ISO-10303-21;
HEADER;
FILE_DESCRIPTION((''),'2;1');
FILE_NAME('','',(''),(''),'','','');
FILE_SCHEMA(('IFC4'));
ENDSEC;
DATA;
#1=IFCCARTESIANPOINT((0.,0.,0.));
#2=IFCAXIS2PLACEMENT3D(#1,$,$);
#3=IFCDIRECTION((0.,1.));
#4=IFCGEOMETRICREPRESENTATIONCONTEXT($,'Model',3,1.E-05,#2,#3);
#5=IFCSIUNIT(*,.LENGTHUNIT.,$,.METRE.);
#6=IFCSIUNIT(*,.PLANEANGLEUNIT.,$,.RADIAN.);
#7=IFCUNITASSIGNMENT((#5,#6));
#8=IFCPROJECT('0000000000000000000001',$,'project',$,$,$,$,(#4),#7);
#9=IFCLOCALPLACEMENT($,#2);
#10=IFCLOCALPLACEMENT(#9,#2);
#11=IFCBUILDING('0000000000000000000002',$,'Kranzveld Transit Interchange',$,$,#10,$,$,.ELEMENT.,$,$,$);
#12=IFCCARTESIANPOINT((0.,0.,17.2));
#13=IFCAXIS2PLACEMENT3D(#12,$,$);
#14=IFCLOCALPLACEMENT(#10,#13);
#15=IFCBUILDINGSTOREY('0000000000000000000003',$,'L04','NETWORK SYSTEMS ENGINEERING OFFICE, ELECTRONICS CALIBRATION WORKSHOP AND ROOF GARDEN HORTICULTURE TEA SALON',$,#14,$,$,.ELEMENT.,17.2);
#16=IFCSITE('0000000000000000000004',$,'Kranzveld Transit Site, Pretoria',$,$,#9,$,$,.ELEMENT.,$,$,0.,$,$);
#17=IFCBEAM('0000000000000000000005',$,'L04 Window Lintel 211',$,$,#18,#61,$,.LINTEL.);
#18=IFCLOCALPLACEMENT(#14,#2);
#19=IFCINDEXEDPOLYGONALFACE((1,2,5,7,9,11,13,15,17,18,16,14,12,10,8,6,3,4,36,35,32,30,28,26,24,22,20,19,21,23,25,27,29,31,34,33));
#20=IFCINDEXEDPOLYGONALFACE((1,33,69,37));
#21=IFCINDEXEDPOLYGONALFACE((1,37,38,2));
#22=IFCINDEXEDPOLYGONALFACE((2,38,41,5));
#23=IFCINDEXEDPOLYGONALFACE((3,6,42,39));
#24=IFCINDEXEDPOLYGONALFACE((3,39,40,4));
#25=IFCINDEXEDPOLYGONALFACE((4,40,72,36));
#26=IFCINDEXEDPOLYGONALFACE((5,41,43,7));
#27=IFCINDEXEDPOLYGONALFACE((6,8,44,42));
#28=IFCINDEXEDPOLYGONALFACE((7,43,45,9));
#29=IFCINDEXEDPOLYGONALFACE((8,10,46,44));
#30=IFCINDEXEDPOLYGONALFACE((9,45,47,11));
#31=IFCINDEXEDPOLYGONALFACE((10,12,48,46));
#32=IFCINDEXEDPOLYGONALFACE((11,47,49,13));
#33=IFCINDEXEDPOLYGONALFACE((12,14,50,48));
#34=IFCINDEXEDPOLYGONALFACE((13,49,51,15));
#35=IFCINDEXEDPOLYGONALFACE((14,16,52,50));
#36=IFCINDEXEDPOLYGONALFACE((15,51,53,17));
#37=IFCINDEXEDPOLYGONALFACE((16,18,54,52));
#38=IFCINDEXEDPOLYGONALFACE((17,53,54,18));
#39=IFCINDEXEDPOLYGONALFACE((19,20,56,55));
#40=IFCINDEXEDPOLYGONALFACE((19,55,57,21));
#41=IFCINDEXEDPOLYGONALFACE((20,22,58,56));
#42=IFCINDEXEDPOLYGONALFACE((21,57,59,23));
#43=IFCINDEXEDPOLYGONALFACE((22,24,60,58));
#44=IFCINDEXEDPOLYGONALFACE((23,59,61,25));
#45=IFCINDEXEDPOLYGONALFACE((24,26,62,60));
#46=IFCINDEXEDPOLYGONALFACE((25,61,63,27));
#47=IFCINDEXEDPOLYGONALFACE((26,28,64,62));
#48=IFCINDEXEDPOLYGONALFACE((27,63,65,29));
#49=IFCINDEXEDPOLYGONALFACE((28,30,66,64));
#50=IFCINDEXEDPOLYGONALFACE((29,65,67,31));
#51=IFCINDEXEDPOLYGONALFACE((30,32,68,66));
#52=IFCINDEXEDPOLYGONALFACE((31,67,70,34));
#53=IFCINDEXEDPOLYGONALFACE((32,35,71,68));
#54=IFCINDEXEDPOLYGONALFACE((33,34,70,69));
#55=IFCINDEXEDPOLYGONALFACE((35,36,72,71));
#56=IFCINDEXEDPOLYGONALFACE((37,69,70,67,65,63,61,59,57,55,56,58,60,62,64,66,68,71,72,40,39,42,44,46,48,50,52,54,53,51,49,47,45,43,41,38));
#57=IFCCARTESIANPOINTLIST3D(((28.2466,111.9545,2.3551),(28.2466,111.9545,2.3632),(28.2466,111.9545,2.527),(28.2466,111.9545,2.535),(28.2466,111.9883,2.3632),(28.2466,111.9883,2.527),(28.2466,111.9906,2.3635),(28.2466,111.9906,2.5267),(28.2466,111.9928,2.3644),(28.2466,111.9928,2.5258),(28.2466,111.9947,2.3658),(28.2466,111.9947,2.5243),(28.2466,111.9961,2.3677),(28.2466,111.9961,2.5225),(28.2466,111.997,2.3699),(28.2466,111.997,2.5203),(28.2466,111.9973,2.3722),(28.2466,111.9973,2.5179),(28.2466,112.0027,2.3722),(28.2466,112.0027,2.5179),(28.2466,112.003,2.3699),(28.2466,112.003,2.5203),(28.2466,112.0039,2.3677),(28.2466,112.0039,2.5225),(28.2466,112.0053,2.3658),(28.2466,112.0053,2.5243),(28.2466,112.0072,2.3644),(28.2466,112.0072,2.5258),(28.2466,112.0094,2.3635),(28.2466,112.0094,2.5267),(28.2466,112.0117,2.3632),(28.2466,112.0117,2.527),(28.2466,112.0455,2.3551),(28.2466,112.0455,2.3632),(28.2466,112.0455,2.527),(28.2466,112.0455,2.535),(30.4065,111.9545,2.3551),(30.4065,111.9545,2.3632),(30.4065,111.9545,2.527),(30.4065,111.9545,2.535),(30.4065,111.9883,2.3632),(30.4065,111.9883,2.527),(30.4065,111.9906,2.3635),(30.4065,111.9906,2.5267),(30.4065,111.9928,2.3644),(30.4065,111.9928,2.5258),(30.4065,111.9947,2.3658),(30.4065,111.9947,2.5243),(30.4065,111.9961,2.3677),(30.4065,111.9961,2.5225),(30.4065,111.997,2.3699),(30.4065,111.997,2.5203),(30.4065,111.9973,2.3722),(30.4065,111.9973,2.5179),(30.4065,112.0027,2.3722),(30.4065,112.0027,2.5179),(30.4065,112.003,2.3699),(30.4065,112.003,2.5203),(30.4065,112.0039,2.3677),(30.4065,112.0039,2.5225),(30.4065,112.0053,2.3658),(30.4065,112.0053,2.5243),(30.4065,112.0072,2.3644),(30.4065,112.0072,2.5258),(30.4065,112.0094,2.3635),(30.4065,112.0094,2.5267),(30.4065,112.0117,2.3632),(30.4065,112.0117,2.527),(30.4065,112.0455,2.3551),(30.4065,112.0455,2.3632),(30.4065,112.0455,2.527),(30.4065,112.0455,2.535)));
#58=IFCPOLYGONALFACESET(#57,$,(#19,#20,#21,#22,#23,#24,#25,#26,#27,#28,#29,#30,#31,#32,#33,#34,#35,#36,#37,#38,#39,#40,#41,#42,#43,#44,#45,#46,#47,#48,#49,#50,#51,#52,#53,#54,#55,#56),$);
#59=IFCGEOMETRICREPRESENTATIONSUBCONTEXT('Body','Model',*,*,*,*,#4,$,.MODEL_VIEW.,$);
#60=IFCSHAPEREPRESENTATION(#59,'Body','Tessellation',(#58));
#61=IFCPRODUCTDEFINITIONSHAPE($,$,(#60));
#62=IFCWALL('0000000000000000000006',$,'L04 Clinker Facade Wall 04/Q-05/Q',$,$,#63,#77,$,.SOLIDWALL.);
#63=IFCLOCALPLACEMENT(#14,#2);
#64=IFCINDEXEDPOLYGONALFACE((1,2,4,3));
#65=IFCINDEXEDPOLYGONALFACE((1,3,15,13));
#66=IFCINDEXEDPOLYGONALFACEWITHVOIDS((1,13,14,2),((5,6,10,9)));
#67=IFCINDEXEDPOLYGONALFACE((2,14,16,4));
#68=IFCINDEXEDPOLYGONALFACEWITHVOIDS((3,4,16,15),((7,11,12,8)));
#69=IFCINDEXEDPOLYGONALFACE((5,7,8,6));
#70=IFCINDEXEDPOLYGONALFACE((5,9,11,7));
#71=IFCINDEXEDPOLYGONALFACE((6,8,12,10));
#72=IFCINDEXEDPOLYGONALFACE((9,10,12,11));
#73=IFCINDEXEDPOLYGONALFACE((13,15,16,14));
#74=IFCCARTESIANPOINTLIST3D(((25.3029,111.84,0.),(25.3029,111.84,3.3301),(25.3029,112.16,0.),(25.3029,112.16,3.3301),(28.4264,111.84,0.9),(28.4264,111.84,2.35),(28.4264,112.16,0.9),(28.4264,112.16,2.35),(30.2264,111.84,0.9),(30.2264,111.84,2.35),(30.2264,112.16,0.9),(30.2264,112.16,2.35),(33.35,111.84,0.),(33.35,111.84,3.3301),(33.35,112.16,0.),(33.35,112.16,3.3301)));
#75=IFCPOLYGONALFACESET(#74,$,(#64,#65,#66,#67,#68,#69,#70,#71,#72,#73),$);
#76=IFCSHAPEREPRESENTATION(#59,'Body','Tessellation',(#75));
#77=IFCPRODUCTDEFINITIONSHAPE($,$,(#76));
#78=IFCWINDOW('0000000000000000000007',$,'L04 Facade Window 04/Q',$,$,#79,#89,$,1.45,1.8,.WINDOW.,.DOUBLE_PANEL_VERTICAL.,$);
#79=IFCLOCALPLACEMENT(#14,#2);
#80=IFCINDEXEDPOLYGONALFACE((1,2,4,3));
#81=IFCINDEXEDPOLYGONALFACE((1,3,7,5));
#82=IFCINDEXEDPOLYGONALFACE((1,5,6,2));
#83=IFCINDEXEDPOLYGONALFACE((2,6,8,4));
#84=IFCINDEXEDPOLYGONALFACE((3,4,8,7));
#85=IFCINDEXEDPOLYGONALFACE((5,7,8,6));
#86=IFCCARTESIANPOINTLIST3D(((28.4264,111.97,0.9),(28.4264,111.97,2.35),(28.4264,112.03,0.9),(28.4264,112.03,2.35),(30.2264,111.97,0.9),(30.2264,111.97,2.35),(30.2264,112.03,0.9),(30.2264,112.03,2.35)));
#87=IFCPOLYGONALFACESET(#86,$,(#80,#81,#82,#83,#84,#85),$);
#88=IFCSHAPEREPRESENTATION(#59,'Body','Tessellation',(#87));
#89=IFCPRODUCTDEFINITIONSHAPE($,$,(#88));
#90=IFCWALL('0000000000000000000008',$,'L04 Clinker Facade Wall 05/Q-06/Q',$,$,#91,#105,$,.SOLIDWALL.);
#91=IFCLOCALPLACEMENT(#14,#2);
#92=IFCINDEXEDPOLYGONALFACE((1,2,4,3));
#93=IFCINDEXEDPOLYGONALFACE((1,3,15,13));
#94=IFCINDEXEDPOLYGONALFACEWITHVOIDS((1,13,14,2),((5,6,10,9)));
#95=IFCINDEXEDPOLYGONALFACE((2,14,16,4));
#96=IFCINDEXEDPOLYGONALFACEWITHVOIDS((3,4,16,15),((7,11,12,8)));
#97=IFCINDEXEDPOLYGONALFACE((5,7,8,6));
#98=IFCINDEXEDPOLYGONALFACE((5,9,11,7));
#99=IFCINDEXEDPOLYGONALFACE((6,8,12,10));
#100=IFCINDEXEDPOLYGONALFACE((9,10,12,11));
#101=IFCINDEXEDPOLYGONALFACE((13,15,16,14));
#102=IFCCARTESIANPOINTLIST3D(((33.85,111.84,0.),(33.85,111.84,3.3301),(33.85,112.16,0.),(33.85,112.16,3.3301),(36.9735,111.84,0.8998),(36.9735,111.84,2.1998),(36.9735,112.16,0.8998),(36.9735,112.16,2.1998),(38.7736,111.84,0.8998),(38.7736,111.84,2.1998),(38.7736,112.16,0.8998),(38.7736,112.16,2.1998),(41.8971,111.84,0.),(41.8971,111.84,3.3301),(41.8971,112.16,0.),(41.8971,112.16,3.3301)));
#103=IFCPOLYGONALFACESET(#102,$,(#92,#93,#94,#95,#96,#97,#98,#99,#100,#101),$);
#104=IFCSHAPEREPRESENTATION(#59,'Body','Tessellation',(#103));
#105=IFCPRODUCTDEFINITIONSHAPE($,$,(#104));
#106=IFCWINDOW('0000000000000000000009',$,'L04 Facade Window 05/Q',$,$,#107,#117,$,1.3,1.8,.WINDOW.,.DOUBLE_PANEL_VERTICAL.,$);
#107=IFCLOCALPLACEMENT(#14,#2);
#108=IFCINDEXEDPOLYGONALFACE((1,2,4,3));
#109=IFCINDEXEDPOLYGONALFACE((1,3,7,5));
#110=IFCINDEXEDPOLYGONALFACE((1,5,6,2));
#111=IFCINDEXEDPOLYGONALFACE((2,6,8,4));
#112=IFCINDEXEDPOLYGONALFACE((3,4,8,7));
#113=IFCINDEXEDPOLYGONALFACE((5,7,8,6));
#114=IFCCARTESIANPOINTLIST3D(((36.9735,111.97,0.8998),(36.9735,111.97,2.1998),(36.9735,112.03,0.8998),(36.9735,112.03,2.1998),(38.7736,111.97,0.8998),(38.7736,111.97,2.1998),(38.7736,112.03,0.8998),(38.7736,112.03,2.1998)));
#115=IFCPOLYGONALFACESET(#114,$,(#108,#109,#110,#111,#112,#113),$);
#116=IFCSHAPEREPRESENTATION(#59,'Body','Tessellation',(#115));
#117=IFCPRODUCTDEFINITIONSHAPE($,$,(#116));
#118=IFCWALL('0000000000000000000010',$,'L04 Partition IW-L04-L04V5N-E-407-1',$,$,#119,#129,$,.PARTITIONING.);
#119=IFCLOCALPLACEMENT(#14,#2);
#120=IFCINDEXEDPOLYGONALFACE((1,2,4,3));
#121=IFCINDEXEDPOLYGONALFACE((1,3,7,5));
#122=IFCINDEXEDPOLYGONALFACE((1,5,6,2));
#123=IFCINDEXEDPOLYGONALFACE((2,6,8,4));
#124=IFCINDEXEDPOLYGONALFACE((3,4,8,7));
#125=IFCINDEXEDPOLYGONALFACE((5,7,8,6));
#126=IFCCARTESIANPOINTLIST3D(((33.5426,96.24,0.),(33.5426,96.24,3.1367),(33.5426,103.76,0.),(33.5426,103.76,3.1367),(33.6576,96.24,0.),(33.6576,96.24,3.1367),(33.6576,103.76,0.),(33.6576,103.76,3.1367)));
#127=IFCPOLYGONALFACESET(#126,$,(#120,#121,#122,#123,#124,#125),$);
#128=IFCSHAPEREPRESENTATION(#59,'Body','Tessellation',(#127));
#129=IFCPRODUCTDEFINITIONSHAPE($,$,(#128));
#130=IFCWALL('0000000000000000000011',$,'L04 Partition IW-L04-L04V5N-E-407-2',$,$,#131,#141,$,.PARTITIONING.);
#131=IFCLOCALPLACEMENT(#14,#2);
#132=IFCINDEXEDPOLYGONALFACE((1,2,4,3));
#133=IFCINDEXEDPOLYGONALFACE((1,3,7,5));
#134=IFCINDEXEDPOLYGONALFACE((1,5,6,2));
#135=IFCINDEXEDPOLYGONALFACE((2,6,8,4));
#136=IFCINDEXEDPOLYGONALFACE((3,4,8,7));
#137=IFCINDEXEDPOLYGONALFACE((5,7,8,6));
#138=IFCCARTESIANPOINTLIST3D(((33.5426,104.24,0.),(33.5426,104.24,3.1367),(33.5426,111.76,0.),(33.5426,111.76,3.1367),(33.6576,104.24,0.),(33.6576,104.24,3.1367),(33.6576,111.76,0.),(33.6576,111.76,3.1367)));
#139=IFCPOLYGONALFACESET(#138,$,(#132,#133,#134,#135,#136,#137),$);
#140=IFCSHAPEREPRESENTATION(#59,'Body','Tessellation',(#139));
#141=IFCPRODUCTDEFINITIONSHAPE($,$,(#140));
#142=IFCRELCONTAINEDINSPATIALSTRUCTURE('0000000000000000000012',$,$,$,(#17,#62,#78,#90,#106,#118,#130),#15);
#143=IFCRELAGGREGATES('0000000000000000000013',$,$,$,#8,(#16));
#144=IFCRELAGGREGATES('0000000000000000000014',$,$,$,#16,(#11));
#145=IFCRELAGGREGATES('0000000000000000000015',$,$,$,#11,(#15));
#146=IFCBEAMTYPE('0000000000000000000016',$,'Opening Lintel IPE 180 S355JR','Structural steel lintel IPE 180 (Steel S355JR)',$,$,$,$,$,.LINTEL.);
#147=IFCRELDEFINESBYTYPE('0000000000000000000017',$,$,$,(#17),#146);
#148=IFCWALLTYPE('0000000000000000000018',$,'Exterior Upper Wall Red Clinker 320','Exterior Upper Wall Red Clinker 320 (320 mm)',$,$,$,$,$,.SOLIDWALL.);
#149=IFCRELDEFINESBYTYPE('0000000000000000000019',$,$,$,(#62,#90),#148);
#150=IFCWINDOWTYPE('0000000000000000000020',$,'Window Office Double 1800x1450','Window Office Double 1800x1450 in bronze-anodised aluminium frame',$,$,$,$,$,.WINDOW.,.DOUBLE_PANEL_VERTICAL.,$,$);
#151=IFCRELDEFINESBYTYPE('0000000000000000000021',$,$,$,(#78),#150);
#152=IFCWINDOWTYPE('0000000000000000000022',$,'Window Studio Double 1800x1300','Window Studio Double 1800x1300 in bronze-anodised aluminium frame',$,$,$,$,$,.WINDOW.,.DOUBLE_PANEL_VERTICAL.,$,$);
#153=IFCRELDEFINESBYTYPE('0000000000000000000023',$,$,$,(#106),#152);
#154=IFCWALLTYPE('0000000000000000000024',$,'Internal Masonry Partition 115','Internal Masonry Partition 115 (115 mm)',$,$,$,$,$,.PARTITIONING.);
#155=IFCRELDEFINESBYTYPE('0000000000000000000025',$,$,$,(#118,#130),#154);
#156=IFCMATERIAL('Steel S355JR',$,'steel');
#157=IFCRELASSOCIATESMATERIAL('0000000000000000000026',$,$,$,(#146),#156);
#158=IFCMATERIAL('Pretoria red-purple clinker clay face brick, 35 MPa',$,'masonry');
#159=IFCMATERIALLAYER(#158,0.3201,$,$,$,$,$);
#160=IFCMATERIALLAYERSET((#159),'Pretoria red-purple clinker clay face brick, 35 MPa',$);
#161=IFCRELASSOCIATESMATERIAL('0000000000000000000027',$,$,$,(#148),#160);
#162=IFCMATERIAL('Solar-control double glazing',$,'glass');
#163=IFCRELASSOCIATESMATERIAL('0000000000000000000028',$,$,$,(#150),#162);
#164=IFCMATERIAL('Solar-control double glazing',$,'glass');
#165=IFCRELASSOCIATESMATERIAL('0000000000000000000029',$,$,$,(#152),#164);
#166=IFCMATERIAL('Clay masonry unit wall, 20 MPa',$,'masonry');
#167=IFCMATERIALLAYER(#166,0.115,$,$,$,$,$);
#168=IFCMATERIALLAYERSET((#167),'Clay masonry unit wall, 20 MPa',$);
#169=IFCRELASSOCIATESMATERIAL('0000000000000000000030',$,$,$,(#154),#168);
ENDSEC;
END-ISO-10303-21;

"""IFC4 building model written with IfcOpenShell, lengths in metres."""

from ifc_helpers import new_model, si_unit, direction, frame, frame_2d, origin, origin_2d, place, context, subcontext, project, spatial, rectangle, i_section, extrude, material, layer, layer_set, material_profile, profile_set, type_object, element, fill, save


model = new_model("IFC4")

# Units and contexts
model_context = context("Model", 3, precision=1e-05, world=origin(), true_north=direction((0.0, 1.0)))
body_context = subcontext(model_context, "Body", "Model", "MODEL_VIEW")
ifc_project = project(units=[si_unit("LENGTHUNIT", "METRE"), si_unit("PLANEANGLEUNIT", "RADIAN")], contexts=[model_context])

# Site, building, storey
site_placement = place(None, origin())
site = spatial("IfcSite", under=ifc_project, at=site_placement, Name="Kranzveld Transit Site, Pretoria", CompositionType="ELEMENT", RefElevation=0.0)
building_placement = place(site_placement, origin())
building = spatial("IfcBuilding", under=site, at=building_placement, Name="Kranzveld Transit Interchange", CompositionType="ELEMENT")
storey_placement = place(building_placement, frame((0.0, 0.0, 17.2)))
storey = spatial("IfcBuildingStorey", under=building, at=storey_placement, Name="L04", Description="NETWORK SYSTEMS ENGINEERING OFFICE, ELECTRONICS CALIBRATION WORKSHOP AND ROOF GARDEN HORTICULTURE TEA SALON", CompositionType="ELEMENT", Elevation=17.2)

# Beam
ifc_material_1 = material(Name="Steel S355JR", Category="steel")
ifc_material_profile_1 = material_profile(ifc_material_1, i_section(OverallWidth=0.0911, OverallDepth=0.1799, WebThickness=0.0054, FlangeThickness=0.0081, FilletRadius=0.009, at=origin_2d()), Name="IPE 180")
ifc_profile_set_1 = profile_set([ifc_material_profile_1], Name="Steel S355JR")
beam_type_1 = type_object("IfcBeamType", Name="Opening Lintel IPE 180 S355JR", Description="Structural steel lintel IPE 180 (Steel S355JR)", PredefinedType="LINTEL", material=ifc_profile_set_1)
beam_1_placement = place(storey_placement, frame((28.2466, 112.0, 2.4451), z_axis=(1.0, 0.0, 0.0), x_axis=(0.0, 1.0, 0.0)))
element("IfcBeam", 1, at=beam_1_placement, inside=storey, type_object=beam_type_1, Name="L04 Window Lintel 211", PredefinedType="LINTEL", context=body_context, shape_type="SweptSolid", body=[
    extrude(i_section(OverallWidth=0.0911, OverallDepth=0.1799, WebThickness=0.0054, FlangeThickness=0.0081, FilletRadius=0.009, at=origin_2d()), origin(), (0.0, 0.0, 1.0), 2.1599),
])

# Walls, openings, windows
ifc_material_2 = material(Name="Pretoria red-purple clinker clay face brick, 35 MPa", Category="masonry")
ifc_layer_1 = layer(ifc_material_2, 0.3201)
ifc_layer_set_1 = layer_set([ifc_layer_1], Name="Pretoria red-purple clinker clay face brick, 35 MPa")
wall_type_1 = type_object("IfcWallType", Name="Exterior Upper Wall Red Clinker 320", Description="Exterior Upper Wall Red Clinker 320 (320 mm)", PredefinedType="SOLIDWALL", material=ifc_layer_set_1)
wall_1_placement = place(storey_placement, frame((25.303, 112.0, 0.0), z_axis=(0.0, 0.0, 1.0), x_axis=(1.0, 0.0, 0.0)))
wall_1 = element("IfcWall", 2, at=wall_1_placement, inside=storey, type_object=wall_type_1, Name="L04 Clinker Facade Wall 04/Q-05/Q", PredefinedType="SOLIDWALL", context=body_context, shape_type="SweptSolid", body=[
    extrude(rectangle(XDim=8.0471, YDim=0.3201, at=frame_2d((4.0234, 0.0))), origin(), (0.0, 0.0, 1.0), 3.3301),
])
opening_1_placement = place(wall_1_placement, frame((3.1235, 0.0, 0.8999), z_axis=(0.0, 0.0, 1.0), x_axis=(1.0, 0.0, 0.0)))
opening_1 = element("IfcOpeningElement", 3, at=opening_1_placement, cuts=wall_1, PredefinedType="OPENING", context=body_context, shape_type="SweptSolid", body=[
    extrude(rectangle(XDim=1.8, YDim=1.45, at=frame_2d((0.8999, 0.7251))), frame((0.0, 0.1699, 0.0), z_axis=(0.0, -1.0, 0.0), x_axis=(1.0, 0.0, 0.0)), (0.0, 0.0, 1.0), 0.3401),
])
ifc_material_3 = material(Name="Solar-control double glazing", Category="glass")
window_type_1 = type_object("IfcWindowType", Name="Window Office Double 1800x1450", Description="Window Office Double 1800x1450 in bronze-anodised aluminium frame", PartitioningType="DOUBLE_PANEL_VERTICAL", PredefinedType="WINDOW", material=ifc_material_3)
window_1_placement = place(opening_1_placement, origin())
window_1 = element("IfcWindow", 4, at=window_1_placement, inside=storey, type_object=window_type_1, Name="L04 Facade Window 04/Q", OverallHeight=1.45, OverallWidth=1.8, PartitioningType="DOUBLE_PANEL_VERTICAL", PredefinedType="WINDOW", context=body_context, shape_type="SweptSolid", body=[
    extrude(rectangle(XDim=1.8, YDim=1.45, at=frame_2d((0.8999, 0.7251))), frame((0.0, 0.03, 0.0), z_axis=(0.0, -1.0, 0.0), x_axis=(1.0, 0.0, 0.0)), (0.0, 0.0, 1.0), 0.0601),
])
fill(opening_1, window_1)
wall_2_placement = place(storey_placement, frame((33.8501, 112.0, 0.0), z_axis=(0.0, 0.0, 1.0), x_axis=(1.0, 0.0, 0.0)))
wall_2 = element("IfcWall", 5, at=wall_2_placement, inside=storey, type_object=wall_type_1, Name="L04 Clinker Facade Wall 05/Q-06/Q", PredefinedType="SOLIDWALL", context=body_context, shape_type="SweptSolid", body=[
    extrude(rectangle(XDim=8.0471, YDim=0.3201, at=frame_2d((4.0234, 0.0))), origin(), (0.0, 0.0, 1.0), 3.3301),
])
opening_2_placement = place(wall_2_placement, frame((3.1235, 0.0, 0.8999), z_axis=(0.0, 0.0, 1.0), x_axis=(1.0, 0.0, 0.0)))
opening_2 = element("IfcOpeningElement", 6, at=opening_2_placement, cuts=wall_2, PredefinedType="OPENING", context=body_context, shape_type="SweptSolid", body=[
    extrude(rectangle(XDim=1.8, YDim=1.3, at=frame_2d((0.8999, 0.6499))), frame((0.0, 0.1699, 0.0), z_axis=(0.0, -1.0, 0.0), x_axis=(1.0, 0.0, 0.0)), (0.0, 0.0, 1.0), 0.3401),
])
ifc_material_4 = material(Name="Solar-control double glazing", Category="glass")
window_type_2 = type_object("IfcWindowType", Name="Window Studio Double 1800x1300", Description="Window Studio Double 1800x1300 in bronze-anodised aluminium frame", PartitioningType="DOUBLE_PANEL_VERTICAL", PredefinedType="WINDOW", material=ifc_material_4)
window_2_placement = place(opening_2_placement, origin())
window_2 = element("IfcWindow", 7, at=window_2_placement, inside=storey, type_object=window_type_2, Name="L04 Facade Window 05/Q", OverallHeight=1.3, OverallWidth=1.8, PartitioningType="DOUBLE_PANEL_VERTICAL", PredefinedType="WINDOW", context=body_context, shape_type="SweptSolid", body=[
    extrude(rectangle(XDim=1.8, YDim=1.3, at=frame_2d((0.8999, 0.6499))), frame((0.0, 0.03, 0.0), z_axis=(0.0, -1.0, 0.0), x_axis=(1.0, 0.0, 0.0)), (0.0, 0.0, 1.0), 0.0601),
])
fill(opening_2, window_2)

# Walls
ifc_material_5 = material(Name="Clay masonry unit wall, 20 MPa", Category="masonry")
ifc_layer_2 = layer(ifc_material_5, 0.115)
ifc_layer_set_2 = layer_set([ifc_layer_2], Name="Clay masonry unit wall, 20 MPa")
wall_type_2 = type_object("IfcWallType", Name="Internal Masonry Partition 115", Description="Internal Masonry Partition 115 (115 mm)", PredefinedType="PARTITIONING", material=ifc_layer_set_2)
for number, where, z_axis, x_axis, name in (
    (8, (33.6001, 96.24, 0.0), (0.0, 0.0, 1.0), (0.0, 1.0, 0.0), "L04 Partition IW-L04-L04V5N-E-407-1"),
    (9, (33.6001, 104.24, 0.0), (0.0, 0.0, 1.0), (0.0, 1.0, 0.0), "L04 Partition IW-L04-L04V5N-E-407-2"),
):
    element("IfcWall", number, at=place(storey_placement, frame(where, z_axis=z_axis, x_axis=x_axis)), inside=storey, type_object=wall_type_2, Name=name, PredefinedType="PARTITIONING", context=body_context, shape_type="SweptSolid", body=[
        extrude(rectangle(XDim=7.52, YDim=0.115, at=frame_2d((3.76, 0.0))), origin(), (0.0, 0.0, 1.0), 3.1367),
    ])

save(model, "model.ifc")
